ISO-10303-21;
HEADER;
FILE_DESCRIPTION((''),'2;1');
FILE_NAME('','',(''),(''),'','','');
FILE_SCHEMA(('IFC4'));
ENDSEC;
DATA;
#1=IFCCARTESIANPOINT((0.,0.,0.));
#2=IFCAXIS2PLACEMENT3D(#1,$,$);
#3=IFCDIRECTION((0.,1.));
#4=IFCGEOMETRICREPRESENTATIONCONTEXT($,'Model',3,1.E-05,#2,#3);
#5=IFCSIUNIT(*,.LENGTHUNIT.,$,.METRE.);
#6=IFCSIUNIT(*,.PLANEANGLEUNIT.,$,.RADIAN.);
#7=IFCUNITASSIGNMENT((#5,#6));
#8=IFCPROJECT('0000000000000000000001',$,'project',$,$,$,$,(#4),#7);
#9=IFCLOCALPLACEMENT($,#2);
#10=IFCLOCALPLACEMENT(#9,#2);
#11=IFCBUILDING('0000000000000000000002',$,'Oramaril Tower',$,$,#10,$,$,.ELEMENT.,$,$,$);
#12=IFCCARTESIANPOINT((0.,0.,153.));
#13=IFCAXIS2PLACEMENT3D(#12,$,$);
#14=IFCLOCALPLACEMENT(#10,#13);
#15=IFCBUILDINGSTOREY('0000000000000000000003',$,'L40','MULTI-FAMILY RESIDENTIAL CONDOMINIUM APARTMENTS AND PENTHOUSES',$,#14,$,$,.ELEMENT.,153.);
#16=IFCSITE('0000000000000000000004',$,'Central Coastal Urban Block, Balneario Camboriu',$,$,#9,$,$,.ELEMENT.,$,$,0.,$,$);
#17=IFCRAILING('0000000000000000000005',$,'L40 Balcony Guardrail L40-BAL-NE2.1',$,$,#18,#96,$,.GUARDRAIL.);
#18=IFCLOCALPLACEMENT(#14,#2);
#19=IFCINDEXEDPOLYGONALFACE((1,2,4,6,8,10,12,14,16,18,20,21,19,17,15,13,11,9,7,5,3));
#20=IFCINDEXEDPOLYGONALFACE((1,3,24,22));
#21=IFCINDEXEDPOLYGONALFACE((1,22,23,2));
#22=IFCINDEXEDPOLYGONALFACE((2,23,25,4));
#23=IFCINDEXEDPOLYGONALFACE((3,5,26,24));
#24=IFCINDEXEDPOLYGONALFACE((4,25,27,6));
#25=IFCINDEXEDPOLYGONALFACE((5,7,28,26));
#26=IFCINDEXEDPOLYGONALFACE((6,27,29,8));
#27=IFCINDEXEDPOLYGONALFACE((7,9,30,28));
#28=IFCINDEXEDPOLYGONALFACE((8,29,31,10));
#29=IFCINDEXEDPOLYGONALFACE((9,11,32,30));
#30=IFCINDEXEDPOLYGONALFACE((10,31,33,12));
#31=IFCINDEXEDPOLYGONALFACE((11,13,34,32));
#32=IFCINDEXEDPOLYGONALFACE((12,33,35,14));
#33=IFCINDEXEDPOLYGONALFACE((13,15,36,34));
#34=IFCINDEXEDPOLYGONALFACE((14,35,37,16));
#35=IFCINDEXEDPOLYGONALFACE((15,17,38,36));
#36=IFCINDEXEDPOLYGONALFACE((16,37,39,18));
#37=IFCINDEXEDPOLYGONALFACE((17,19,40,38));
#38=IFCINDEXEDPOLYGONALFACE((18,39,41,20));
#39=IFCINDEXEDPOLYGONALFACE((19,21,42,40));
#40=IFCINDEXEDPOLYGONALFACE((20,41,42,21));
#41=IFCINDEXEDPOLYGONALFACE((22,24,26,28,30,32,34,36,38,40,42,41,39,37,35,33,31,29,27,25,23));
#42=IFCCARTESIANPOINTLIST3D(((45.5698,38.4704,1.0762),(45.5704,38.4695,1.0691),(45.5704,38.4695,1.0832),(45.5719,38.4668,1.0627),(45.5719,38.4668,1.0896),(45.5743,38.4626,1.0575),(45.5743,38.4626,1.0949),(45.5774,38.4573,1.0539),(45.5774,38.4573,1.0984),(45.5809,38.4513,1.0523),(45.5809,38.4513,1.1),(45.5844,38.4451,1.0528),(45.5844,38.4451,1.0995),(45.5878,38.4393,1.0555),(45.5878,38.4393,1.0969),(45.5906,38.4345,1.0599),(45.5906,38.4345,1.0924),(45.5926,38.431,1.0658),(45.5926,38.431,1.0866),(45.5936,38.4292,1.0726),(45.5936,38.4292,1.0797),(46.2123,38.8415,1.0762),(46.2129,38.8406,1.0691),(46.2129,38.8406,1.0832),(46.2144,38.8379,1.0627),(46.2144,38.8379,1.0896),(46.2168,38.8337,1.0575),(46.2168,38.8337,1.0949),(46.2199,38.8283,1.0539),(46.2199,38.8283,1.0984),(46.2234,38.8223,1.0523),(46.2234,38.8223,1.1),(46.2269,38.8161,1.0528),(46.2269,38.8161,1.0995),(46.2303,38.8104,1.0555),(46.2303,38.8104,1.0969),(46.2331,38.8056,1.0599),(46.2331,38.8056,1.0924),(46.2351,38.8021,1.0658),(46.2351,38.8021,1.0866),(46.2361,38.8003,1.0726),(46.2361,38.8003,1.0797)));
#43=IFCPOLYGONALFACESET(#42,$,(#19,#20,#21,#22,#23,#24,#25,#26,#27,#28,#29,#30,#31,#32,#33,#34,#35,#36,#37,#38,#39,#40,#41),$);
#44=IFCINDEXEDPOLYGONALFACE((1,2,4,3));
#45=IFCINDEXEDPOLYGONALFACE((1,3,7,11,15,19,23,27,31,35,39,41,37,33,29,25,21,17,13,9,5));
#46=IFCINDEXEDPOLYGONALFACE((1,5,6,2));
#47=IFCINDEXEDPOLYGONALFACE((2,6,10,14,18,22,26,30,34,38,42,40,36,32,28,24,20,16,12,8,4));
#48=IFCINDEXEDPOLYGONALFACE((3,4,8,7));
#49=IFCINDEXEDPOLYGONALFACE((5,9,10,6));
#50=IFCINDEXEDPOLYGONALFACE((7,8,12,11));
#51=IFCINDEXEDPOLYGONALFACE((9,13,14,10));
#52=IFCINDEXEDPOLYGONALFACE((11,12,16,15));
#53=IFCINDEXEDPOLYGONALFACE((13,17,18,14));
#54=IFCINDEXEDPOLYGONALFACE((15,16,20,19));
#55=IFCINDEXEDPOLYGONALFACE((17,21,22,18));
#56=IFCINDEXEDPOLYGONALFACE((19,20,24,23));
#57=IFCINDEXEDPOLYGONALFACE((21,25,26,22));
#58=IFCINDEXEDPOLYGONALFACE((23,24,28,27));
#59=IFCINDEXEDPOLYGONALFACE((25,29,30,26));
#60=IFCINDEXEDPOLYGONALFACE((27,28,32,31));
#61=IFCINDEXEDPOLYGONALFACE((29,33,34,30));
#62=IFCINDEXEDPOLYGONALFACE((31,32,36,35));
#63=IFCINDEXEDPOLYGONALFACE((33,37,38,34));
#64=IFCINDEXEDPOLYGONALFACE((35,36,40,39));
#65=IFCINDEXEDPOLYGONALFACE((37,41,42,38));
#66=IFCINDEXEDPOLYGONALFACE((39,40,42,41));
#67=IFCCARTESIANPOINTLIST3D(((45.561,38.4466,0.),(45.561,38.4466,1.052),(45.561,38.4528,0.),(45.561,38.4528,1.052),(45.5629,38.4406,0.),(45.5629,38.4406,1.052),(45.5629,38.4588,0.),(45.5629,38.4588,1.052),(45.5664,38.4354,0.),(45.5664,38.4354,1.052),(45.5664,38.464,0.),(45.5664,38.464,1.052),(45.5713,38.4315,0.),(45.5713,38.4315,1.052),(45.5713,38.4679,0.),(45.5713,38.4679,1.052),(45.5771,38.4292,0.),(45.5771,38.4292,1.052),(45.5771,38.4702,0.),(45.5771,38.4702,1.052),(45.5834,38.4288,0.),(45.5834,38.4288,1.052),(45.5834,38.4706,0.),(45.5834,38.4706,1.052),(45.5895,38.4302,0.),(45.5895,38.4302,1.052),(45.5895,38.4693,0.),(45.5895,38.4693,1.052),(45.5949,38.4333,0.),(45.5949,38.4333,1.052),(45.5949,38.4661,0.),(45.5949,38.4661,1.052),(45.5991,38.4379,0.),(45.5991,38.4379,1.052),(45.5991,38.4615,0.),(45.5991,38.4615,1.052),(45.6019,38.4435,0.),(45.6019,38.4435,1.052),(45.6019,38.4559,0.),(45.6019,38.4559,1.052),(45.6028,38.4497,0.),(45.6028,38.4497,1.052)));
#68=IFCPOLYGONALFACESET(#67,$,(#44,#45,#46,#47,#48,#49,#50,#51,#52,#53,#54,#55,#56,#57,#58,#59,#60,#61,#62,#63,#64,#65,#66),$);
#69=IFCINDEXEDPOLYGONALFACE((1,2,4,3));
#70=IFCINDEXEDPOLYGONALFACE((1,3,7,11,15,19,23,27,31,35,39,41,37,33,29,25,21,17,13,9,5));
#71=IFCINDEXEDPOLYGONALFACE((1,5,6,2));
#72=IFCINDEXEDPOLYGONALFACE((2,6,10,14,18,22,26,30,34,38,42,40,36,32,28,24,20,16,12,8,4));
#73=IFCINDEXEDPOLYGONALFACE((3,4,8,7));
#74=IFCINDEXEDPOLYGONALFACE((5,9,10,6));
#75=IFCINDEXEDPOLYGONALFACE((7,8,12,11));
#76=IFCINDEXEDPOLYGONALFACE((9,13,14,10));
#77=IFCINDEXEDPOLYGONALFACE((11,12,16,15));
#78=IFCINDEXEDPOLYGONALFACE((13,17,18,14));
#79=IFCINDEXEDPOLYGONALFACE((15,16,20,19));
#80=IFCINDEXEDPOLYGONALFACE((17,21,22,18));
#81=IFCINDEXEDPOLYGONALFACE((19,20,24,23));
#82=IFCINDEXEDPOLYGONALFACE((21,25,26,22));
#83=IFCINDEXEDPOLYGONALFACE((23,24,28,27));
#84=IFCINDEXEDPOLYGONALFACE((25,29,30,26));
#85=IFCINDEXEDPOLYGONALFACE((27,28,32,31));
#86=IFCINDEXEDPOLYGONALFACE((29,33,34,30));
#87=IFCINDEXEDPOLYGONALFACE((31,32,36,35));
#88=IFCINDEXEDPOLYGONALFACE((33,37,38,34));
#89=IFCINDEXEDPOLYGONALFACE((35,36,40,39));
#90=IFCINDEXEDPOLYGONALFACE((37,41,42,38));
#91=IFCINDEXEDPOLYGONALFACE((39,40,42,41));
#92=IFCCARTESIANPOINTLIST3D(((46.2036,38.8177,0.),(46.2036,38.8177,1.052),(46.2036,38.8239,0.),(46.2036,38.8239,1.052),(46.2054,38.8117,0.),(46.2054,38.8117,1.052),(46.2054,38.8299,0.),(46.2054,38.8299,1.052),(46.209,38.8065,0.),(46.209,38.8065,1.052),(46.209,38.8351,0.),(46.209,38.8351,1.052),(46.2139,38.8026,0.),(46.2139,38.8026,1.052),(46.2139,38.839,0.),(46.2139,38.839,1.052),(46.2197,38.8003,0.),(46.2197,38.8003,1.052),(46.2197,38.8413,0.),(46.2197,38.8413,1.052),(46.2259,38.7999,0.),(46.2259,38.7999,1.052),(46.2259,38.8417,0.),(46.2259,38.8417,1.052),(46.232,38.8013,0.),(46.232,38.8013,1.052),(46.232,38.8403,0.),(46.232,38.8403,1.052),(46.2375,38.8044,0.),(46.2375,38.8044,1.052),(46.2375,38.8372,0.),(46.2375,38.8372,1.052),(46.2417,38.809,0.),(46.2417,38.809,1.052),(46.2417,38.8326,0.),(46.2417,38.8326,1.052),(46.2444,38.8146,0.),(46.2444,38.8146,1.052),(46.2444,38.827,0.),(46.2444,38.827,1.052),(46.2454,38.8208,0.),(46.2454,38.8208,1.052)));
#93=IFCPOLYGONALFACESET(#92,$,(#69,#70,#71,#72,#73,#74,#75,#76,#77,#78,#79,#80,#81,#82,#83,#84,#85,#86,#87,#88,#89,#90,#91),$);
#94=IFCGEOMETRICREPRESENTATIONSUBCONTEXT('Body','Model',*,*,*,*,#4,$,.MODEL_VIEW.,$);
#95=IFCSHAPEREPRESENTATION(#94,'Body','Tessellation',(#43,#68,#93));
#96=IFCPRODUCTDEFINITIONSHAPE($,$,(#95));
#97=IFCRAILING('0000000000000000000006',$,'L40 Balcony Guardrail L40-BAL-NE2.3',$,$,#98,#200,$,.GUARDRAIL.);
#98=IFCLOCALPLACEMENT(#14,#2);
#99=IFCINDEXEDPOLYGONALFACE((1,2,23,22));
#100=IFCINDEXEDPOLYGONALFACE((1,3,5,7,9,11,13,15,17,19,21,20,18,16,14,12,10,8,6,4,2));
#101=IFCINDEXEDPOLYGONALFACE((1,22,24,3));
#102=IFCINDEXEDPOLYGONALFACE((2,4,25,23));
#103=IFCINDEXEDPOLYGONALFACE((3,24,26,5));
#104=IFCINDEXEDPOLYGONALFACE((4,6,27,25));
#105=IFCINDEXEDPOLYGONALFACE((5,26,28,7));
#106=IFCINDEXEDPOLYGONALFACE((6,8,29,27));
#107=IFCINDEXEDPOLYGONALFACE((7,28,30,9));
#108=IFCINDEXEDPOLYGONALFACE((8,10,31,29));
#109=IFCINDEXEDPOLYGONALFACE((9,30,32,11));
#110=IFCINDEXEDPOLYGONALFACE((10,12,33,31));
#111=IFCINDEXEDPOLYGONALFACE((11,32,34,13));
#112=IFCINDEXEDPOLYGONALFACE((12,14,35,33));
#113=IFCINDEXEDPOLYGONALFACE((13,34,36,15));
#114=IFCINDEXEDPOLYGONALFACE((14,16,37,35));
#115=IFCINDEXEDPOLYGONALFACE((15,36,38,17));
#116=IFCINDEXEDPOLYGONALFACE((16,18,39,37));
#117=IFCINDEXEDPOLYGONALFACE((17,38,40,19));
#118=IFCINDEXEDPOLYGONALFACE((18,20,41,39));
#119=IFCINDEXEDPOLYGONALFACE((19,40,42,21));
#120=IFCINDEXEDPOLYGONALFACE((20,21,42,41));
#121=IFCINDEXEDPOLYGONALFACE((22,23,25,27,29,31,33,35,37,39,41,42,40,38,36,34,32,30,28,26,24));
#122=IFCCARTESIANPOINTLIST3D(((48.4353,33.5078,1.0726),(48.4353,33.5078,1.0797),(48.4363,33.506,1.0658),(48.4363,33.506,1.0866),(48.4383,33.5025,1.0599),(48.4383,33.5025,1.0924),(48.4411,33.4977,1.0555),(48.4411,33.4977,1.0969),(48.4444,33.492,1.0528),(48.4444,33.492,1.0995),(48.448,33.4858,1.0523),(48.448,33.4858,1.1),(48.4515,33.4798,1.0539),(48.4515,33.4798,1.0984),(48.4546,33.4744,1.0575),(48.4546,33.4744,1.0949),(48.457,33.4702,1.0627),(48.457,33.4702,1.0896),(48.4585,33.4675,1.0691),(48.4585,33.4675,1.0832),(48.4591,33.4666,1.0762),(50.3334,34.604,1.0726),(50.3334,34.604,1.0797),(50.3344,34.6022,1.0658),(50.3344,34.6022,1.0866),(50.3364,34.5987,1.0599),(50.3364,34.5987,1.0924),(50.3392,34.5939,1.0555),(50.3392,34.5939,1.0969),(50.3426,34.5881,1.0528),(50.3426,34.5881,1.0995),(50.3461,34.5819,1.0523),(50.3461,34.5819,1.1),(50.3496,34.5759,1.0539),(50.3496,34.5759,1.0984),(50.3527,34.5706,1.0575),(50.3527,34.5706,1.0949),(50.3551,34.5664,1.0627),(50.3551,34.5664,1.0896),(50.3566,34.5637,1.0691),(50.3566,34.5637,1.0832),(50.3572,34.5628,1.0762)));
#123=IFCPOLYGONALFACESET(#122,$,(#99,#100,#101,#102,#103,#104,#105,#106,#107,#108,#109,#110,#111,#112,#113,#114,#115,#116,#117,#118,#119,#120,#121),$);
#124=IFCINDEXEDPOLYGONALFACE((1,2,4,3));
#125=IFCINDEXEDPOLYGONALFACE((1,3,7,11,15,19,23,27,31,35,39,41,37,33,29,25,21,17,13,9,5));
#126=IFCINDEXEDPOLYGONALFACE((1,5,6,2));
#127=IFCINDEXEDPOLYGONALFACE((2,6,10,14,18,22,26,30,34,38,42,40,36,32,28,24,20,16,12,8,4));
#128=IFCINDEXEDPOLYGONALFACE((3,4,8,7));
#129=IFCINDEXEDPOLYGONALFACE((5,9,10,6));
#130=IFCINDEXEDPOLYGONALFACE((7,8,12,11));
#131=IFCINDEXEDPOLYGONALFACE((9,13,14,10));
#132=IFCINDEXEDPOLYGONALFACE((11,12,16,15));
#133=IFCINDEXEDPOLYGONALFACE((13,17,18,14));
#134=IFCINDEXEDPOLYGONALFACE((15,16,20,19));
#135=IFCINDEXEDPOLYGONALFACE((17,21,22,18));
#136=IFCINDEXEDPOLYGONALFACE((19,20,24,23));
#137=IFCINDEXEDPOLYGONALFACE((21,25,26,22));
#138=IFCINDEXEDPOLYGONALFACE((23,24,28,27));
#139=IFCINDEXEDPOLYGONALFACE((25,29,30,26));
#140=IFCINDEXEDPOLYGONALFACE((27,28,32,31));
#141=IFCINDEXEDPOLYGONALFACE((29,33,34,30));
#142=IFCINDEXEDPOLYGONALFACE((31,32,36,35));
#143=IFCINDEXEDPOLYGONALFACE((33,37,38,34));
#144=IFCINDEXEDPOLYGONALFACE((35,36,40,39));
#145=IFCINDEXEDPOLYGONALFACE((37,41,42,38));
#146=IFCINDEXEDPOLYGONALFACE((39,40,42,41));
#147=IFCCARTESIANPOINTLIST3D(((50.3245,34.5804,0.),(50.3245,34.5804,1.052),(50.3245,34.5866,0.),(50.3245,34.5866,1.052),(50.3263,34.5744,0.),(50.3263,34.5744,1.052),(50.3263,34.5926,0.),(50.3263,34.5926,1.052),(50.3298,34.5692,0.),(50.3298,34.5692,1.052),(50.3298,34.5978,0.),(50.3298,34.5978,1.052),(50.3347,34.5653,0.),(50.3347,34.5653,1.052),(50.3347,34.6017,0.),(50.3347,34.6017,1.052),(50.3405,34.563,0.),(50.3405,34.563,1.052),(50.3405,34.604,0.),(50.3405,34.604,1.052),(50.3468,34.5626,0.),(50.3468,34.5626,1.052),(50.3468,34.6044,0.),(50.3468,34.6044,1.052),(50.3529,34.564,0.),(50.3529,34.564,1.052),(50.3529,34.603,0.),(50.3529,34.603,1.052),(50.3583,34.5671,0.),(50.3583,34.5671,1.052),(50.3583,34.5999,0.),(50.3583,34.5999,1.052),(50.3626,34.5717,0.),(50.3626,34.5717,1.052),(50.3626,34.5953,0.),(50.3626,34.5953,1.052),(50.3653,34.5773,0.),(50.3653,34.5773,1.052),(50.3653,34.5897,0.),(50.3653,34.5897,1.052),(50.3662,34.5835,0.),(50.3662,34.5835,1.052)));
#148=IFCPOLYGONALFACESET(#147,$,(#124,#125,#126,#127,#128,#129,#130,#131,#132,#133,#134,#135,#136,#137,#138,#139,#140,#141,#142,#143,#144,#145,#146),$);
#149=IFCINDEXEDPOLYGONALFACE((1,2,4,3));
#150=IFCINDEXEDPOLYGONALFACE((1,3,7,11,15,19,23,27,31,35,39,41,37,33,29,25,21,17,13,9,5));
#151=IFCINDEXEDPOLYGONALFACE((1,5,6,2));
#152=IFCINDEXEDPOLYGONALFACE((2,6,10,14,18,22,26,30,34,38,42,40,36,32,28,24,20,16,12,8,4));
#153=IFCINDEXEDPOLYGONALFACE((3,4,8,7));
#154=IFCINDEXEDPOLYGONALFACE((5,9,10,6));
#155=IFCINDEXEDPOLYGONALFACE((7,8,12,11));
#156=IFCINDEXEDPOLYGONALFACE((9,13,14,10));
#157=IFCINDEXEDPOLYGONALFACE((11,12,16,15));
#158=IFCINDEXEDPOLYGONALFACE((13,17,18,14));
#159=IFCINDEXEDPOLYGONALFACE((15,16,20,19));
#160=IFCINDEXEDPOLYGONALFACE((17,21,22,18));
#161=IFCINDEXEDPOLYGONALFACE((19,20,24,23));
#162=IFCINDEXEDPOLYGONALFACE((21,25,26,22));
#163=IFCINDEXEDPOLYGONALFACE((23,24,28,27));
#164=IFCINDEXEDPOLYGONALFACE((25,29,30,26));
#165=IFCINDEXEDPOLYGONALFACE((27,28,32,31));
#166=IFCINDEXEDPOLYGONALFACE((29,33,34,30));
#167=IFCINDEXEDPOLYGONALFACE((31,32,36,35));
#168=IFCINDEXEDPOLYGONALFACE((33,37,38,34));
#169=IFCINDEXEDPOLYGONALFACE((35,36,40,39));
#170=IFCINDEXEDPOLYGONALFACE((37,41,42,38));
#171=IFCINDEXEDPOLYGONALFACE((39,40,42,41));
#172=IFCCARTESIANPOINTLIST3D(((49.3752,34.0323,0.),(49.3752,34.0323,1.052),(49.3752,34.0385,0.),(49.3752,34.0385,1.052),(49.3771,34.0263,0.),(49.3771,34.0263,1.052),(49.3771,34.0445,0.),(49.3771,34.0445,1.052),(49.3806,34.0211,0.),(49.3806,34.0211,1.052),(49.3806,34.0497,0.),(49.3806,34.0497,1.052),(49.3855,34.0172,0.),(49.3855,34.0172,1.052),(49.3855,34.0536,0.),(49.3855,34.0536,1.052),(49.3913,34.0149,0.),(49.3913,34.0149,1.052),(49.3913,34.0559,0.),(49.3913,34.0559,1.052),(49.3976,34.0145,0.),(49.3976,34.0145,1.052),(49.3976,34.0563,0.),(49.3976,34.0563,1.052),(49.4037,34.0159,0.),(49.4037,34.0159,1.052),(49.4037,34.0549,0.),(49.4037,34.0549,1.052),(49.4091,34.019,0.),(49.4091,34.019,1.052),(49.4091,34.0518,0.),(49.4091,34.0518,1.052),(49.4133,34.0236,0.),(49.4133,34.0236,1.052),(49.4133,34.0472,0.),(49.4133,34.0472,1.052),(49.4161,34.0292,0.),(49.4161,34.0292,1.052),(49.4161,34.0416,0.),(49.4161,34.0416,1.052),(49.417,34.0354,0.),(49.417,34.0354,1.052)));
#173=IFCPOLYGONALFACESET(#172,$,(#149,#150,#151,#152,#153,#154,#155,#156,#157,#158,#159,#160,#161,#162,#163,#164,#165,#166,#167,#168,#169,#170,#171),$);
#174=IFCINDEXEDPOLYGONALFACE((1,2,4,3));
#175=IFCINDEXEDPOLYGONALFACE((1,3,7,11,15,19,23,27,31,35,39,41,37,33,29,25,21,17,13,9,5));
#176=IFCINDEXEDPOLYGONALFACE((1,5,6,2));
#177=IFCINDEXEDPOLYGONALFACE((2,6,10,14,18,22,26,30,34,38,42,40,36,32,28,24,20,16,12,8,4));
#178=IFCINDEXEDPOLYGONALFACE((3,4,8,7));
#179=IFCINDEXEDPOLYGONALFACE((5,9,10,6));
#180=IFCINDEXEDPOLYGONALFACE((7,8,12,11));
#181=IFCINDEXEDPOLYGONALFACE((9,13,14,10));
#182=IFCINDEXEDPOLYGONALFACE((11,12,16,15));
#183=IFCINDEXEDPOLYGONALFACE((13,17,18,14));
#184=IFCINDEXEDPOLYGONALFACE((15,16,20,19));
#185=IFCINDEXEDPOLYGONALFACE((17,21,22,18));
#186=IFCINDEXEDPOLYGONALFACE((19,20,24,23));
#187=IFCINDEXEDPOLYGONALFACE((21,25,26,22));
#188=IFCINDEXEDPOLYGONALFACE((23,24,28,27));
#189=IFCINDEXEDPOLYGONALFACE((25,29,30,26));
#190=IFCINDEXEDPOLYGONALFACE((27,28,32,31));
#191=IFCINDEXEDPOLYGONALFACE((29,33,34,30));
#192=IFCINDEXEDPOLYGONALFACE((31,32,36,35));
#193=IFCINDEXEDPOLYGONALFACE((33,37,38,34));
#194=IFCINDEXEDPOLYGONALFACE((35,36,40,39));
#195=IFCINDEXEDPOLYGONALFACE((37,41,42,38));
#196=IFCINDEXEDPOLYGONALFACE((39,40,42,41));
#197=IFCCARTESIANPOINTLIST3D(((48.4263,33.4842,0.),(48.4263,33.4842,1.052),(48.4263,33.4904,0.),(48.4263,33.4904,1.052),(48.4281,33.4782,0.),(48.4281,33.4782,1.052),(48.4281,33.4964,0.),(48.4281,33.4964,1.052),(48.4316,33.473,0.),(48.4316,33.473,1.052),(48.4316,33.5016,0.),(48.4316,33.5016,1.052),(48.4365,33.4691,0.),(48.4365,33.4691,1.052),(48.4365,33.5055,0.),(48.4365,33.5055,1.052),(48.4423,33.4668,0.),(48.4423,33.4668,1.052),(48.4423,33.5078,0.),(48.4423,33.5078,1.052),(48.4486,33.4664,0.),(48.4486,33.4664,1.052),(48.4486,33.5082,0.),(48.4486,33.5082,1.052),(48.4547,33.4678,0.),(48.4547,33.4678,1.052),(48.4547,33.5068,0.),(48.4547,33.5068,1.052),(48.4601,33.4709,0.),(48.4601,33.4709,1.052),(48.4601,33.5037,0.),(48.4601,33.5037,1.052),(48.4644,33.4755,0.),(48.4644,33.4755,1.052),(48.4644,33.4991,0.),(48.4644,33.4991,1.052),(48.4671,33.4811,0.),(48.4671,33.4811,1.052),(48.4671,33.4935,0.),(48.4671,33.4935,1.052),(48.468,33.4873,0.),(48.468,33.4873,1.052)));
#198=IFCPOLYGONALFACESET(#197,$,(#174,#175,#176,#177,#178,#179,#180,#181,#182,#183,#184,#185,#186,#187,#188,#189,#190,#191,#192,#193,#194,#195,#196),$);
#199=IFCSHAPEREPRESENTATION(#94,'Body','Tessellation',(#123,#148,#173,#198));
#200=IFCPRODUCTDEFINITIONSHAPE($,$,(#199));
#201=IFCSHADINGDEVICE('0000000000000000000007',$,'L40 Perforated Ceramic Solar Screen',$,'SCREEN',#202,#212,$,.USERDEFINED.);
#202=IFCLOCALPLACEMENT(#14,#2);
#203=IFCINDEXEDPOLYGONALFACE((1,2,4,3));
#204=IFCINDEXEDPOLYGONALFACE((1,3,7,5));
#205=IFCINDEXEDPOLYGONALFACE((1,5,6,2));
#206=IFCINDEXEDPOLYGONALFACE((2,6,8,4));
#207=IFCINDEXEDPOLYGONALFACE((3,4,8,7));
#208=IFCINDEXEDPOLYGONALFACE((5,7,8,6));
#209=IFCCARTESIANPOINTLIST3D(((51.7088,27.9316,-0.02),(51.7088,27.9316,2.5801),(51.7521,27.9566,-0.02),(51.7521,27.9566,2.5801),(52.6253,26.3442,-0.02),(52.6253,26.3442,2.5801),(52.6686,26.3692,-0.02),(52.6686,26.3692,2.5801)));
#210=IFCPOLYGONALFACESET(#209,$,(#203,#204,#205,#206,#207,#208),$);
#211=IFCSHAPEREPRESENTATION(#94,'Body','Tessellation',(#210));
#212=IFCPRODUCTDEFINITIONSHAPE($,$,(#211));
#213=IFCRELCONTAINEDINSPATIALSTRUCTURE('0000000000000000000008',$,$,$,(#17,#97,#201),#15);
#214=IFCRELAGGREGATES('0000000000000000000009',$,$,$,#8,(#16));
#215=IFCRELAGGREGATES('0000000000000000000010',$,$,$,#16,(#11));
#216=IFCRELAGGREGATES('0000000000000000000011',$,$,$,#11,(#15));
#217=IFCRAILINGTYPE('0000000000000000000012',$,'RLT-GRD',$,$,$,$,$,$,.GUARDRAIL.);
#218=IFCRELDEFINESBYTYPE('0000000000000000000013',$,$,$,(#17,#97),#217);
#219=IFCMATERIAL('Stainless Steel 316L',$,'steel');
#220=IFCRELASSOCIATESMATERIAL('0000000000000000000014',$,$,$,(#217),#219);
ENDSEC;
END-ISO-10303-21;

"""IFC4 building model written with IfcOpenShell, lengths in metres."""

from ifc_helpers import new_model, si_unit, direction, frame, origin, origin_2d, place, context, subcontext, project, spatial, rectangle, circle, extrude, material, type_object, element, save


model = new_model("IFC4")

# Units and contexts
model_context = context("Model", 3, precision=1e-05, world=origin(), true_north=direction((0.0, 1.0)))
body_context = subcontext(model_context, "Body", "Model", "MODEL_VIEW")
ifc_project = project(units=[si_unit("LENGTHUNIT", "METRE"), si_unit("PLANEANGLEUNIT", "RADIAN")], contexts=[model_context])

# Site, building, storey
site_placement = place(None, origin())
site = spatial("IfcSite", under=ifc_project, at=site_placement, Name="Central Coastal Urban Block, Balneario Camboriu", CompositionType="ELEMENT", RefElevation=0.0)
building_placement = place(site_placement, origin())
building = spatial("IfcBuilding", under=site, at=building_placement, Name="Oramaril Tower", CompositionType="ELEMENT")
storey_placement = place(building_placement, frame((0.0, 0.0, 153.0)))
storey = spatial("IfcBuildingStorey", under=building, at=storey_placement, Name="L40", Description="MULTI-FAMILY RESIDENTIAL CONDOMINIUM APARTMENTS AND PENTHOUSES", CompositionType="ELEMENT", Elevation=153.0)

# Railings
ifc_material_1 = material(Name="Stainless Steel 316L", Category="steel")
railing_type = type_object("IfcRailingType", Name="RLT-GRD", PredefinedType="GUARDRAIL", material=ifc_material_1)
railing_1_placement = place(storey_placement, frame((45.5818, 38.4497, 0.0)))
element("IfcRailing", 1, at=railing_1_placement, inside=storey, type_object=railing_type, Name="L40 Balcony Guardrail L40-BAL-NE2.1", PredefinedType="GUARDRAIL", context=body_context, shape_type="SweptSolid", body=[
    extrude(circle(Radius=0.0239, at=origin_2d()), frame((0.0, 0.0, 1.0762), z_axis=(0.865966, 0.500102, 0.0), x_axis=(-0.500102, 0.865966, 0.0)), (0.0, 0.0, 1.0), 0.7419),
    extrude(circle(Radius=0.021, at=origin_2d()), origin(), (0.0, 0.0, 1.0), 1.052),
    extrude(circle(Radius=0.021, at=origin_2d()), frame((0.6426, 0.3711, 0.0)), (0.0, 0.0, 1.0), 1.052),
])
railing_2_placement = place(storey_placement, frame((50.3452, 34.5835, 0.0)))
element("IfcRailing", 2, at=railing_2_placement, inside=storey, type_object=railing_type, Name="L40 Balcony Guardrail L40-BAL-NE2.3", PredefinedType="GUARDRAIL", context=body_context, shape_type="SweptSolid", body=[
    extrude(circle(Radius=0.0239, at=origin_2d()), frame((0.0, 0.0, 1.0762), z_axis=(-0.865972, -0.500092, 0.0), x_axis=(0.500092, -0.865972, 0.0)), (0.0, 0.0, 1.0), 2.1919),
    extrude(circle(Radius=0.021, at=origin_2d()), origin(), (0.0, 0.0, 1.0), 1.052),
    extrude(circle(Radius=0.021, at=origin_2d()), frame((-0.9492, -0.5481, 0.0)), (0.0, 0.0, 1.0), 1.052),
    extrude(circle(Radius=0.021, at=origin_2d()), frame((-1.8982, -1.0962, 0.0)), (0.0, 0.0, 1.0), 1.052),
])

# Shading device
for number, where, z_axis, x_axis, name in (
    (3, (52.1887, 27.1504, -0.02), (0.0, 0.0, 1.0), (-0.5, 0.866025, 0.0), "L40 Perforated Ceramic Solar Screen"),
):
    element("IfcShadingDevice", number, at=place(storey_placement, frame(where, z_axis=z_axis, x_axis=x_axis)), inside=storey, Name=name, ObjectType="SCREEN", PredefinedType="USERDEFINED", context=body_context, shape_type="SweptSolid", body=[
        extrude(rectangle(XDim=1.833, YDim=0.05, at=origin_2d()), origin(), (0.0, 0.0, 1.0), 2.6001),
    ])

save(model, "model.ifc")
